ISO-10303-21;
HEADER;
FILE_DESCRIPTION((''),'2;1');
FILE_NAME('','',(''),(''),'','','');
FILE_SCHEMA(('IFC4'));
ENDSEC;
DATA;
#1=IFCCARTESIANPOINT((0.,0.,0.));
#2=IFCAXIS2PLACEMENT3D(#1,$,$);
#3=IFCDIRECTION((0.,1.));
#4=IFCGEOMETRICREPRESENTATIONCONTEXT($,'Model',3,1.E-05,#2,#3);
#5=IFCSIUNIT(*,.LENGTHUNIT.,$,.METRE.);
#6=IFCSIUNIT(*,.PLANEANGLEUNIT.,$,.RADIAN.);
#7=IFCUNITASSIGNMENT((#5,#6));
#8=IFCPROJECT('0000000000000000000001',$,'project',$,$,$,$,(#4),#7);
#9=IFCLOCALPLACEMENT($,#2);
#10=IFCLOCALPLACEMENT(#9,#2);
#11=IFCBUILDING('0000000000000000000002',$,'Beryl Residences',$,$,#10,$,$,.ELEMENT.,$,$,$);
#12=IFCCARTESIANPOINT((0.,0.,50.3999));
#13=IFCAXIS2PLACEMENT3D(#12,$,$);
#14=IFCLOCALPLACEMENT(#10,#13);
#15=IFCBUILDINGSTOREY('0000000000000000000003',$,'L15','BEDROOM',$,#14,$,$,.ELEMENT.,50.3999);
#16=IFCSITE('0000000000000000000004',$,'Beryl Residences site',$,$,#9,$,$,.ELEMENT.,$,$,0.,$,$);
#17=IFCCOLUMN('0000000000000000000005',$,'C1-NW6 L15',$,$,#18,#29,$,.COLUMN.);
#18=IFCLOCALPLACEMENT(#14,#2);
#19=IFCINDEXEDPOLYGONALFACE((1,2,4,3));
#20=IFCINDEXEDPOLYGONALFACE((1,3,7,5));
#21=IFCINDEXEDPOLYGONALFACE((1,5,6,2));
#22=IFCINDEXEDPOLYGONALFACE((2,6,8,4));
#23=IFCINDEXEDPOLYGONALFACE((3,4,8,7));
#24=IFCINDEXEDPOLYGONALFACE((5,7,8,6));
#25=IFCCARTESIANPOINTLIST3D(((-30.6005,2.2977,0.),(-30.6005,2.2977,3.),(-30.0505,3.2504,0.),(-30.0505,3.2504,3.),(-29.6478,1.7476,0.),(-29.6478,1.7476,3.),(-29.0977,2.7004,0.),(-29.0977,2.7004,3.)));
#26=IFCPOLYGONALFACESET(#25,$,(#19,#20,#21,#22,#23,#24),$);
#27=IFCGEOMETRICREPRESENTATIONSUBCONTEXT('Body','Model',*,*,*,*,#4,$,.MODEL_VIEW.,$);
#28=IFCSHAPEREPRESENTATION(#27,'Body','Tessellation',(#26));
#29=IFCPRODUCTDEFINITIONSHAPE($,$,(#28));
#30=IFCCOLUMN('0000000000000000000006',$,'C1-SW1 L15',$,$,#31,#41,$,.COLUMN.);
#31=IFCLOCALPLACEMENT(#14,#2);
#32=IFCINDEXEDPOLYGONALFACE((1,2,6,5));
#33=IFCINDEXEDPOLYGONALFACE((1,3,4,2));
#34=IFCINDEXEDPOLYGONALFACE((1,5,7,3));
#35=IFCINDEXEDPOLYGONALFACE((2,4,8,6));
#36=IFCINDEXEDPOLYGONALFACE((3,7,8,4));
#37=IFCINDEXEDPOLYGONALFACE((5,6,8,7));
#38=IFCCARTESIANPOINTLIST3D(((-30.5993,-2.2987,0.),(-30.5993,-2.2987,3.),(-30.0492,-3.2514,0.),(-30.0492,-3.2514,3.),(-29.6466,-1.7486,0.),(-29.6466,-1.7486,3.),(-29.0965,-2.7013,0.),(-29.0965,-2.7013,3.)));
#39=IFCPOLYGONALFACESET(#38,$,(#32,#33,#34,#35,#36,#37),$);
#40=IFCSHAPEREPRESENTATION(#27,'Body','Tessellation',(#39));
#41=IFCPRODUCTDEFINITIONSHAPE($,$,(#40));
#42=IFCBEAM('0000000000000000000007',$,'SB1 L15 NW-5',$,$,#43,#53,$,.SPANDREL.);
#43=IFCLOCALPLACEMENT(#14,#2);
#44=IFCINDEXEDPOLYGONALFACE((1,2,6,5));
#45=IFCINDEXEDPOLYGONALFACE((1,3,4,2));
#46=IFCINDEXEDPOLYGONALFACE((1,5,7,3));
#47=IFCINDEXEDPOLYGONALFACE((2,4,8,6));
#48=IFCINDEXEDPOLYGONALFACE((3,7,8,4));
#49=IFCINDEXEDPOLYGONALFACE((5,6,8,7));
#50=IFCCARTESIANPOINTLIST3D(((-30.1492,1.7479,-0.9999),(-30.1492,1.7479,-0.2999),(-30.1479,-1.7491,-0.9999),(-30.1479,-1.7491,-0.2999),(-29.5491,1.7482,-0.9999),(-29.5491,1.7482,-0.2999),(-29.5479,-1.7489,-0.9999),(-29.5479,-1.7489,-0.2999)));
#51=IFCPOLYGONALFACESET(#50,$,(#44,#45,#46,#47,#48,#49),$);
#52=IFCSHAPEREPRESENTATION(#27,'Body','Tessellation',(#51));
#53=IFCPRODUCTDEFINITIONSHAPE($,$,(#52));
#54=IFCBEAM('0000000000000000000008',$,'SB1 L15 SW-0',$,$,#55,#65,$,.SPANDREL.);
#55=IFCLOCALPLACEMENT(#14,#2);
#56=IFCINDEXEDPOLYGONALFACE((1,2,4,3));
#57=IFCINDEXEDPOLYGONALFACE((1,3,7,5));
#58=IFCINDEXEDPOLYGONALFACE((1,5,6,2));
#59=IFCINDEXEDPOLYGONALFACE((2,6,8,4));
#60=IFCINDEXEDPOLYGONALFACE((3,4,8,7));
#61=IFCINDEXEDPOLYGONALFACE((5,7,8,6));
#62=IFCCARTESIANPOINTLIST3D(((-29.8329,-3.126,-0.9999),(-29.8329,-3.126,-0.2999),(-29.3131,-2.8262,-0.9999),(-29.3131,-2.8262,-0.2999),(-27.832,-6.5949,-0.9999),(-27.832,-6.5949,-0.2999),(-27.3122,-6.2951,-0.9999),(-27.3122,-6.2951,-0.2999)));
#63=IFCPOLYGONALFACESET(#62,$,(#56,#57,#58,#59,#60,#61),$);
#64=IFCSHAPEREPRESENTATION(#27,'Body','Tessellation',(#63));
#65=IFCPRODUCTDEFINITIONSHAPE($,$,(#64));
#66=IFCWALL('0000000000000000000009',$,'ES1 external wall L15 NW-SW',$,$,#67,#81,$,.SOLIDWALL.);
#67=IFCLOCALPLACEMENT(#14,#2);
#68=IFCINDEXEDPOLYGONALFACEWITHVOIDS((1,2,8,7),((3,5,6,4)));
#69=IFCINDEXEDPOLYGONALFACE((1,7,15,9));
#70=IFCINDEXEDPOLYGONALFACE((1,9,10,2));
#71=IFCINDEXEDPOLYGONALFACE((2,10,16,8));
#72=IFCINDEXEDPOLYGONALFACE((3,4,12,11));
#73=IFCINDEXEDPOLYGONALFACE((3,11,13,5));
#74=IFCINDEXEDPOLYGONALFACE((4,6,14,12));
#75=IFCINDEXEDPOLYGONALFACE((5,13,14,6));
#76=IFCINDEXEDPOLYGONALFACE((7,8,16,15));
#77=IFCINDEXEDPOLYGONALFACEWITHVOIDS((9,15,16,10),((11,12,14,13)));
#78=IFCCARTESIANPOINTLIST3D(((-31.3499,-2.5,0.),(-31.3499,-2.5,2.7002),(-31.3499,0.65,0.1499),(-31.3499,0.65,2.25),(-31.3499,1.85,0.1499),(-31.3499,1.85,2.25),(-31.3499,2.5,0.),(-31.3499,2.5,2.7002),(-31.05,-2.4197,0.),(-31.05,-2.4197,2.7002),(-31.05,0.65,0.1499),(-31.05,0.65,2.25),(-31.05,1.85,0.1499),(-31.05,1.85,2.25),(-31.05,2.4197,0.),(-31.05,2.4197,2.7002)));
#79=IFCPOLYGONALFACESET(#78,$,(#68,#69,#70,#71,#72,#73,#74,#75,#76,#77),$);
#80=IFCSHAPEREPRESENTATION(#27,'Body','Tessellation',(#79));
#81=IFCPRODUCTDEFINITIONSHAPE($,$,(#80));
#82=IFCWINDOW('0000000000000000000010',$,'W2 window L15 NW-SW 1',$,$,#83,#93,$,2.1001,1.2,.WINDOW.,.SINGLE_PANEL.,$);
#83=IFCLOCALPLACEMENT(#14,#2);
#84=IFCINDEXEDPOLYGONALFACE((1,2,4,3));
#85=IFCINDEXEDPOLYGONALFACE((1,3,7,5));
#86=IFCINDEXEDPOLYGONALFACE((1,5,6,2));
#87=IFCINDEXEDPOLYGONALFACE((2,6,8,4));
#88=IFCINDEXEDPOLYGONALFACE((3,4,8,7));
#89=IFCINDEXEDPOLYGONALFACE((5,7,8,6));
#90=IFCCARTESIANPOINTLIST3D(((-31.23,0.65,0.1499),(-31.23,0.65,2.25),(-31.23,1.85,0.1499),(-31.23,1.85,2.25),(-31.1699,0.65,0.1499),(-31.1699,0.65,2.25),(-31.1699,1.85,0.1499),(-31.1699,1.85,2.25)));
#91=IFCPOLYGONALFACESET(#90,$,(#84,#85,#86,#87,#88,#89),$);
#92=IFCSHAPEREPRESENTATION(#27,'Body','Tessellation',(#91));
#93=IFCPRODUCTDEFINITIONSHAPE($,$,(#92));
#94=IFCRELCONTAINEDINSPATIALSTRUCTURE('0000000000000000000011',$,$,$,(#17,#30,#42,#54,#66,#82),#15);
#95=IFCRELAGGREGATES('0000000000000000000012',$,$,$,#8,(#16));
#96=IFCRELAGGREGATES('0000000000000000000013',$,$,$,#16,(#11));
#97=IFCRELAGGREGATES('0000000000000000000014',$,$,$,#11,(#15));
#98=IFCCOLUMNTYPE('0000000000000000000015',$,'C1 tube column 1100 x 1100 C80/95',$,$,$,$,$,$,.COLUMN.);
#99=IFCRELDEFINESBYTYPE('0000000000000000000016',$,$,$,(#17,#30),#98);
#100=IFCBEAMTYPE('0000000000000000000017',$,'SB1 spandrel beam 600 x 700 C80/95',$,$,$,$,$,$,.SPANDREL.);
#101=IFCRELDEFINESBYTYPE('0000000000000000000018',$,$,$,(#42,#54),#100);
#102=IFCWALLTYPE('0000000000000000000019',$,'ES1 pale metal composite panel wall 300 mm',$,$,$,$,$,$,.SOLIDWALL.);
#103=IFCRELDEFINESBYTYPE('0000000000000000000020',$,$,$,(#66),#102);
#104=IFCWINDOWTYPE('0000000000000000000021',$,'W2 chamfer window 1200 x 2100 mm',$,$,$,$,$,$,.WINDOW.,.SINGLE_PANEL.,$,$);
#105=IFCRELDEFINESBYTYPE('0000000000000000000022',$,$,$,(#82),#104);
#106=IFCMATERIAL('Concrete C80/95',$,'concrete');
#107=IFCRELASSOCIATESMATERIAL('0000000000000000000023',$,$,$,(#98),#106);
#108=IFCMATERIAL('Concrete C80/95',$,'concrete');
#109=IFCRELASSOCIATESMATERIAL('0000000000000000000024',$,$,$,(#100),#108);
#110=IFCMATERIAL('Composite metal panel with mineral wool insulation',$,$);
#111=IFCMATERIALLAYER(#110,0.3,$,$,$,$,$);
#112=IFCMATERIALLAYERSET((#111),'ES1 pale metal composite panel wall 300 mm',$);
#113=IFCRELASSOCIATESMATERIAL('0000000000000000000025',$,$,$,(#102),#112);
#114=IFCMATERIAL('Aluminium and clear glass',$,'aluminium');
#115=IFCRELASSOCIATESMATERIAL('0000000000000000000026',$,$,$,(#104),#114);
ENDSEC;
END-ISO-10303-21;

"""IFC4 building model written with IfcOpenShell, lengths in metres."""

from ifc_helpers import new_model, si_unit, direction, frame, frame_2d, origin, origin_2d, place, context, subcontext, project, spatial, polyline, rectangle, outline, extrude, material, layer, layer_set, material_profile, profile_set, type_object, element, fill, save


model = new_model("IFC4")

# Units and contexts
model_context = context("Model", 3, precision=1e-05, world=origin(), true_north=direction((0.0, 1.0)))
body_context = subcontext(model_context, "Body", "Model", "MODEL_VIEW")
ifc_project = project(units=[si_unit("LENGTHUNIT", "METRE"), si_unit("PLANEANGLEUNIT", "RADIAN")], contexts=[model_context])

# Site, building, storey
site_placement = place(None, origin())
site = spatial("IfcSite", under=ifc_project, at=site_placement, Name="Beryl Residences site", CompositionType="ELEMENT", RefElevation=0.0)
building_placement = place(site_placement, origin())
building = spatial("IfcBuilding", under=site, at=building_placement, Name="Beryl Residences", CompositionType="ELEMENT")
storey_placement = place(building_placement, frame((0.0, 0.0, 50.3999)))
storey = spatial("IfcBuildingStorey", under=building, at=storey_placement, Name="L15", Description="BEDROOM", CompositionType="ELEMENT", Elevation=50.3999)

# Columns
ifc_material_1 = material(Name="Concrete C80/95", Category="concrete")
ifc_material_profile_1 = material_profile(ifc_material_1, rectangle(XDim=1.1001, YDim=1.1001, at=origin_2d()))
ifc_profile_set_1 = profile_set([ifc_material_profile_1], Name="Concrete C80/95")
column_type = type_object("IfcColumnType", Name="C1 tube column 1100 x 1100 C80/95", PredefinedType="COLUMN", material=ifc_profile_set_1)
for number, where, z_axis, x_axis, name in (
    (1, (-29.8491, 2.499, 0.0), (0.0, 0.0, 1.0), (-0.499985, -0.866034, 0.0), "C1-NW6 L15"),
    (2, (-29.8479, -2.5, 0.0), (0.0, 0.0, 1.0), (0.499985, -0.866034, 0.0), "C1-SW1 L15"),
):
    element("IfcColumn", number, at=place(storey_placement, frame(where, z_axis=z_axis, x_axis=x_axis)), inside=storey, type_object=column_type, Name=name, PredefinedType="COLUMN", context=body_context, shape_type="SweptSolid", body=[
        extrude(rectangle(XDim=1.1001, YDim=1.1001, at=origin_2d()), origin(), (0.0, 0.0, 1.0), 3.0),
    ])

# Beams
ifc_material_2 = material(Name="Concrete C80/95", Category="concrete")
ifc_material_profile_2 = material_profile(ifc_material_2, rectangle(XDim=0.6001, YDim=0.7, at=origin_2d()))
ifc_profile_set_2 = profile_set([ifc_material_profile_2], Name="Concrete C80/95")
beam_type = type_object("IfcBeamType", Name="SB1 spandrel beam 600 x 700 C80/95", PredefinedType="SPANDREL", material=ifc_profile_set_2)
beam_1_placement = place(storey_placement, frame((-29.8491, 1.748, -0.6499), z_axis=(0.000349, -1.0, 0.0), x_axis=(1.0, 0.000349, 0.0)))
element("IfcBeam", 3, at=beam_1_placement, inside=storey, type_object=beam_type, Name="SB1 L15 NW-5", PredefinedType="SPANDREL", context=body_context, shape_type="SweptSolid", body=[
    extrude(rectangle(XDim=0.6001, YDim=0.7, at=origin_2d()), origin(), (0.0, 0.0, 1.0), 3.4971),
])
beam_2_placement = place(storey_placement, frame((-29.573, -2.9761, -0.6499), z_axis=(0.499654, -0.866225, 0.0), x_axis=(0.866225, 0.499654, 0.0)))
element("IfcBeam", 4, at=beam_2_placement, inside=storey, type_object=beam_type, Name="SB1 L15 SW-0", PredefinedType="SPANDREL", context=body_context, shape_type="SweptSolid", body=[
    extrude(rectangle(XDim=0.6001, YDim=0.7, at=origin_2d()), origin(), (0.0, 0.0, 1.0), 4.0046),
])

# Wall, opening, window
ifc_material_3 = material(Name="Composite metal panel with mineral wool insulation")
ifc_layer_1 = layer(ifc_material_3, 0.3)
ifc_layer_set_1 = layer_set([ifc_layer_1], Name="ES1 pale metal composite panel wall 300 mm")
wall_type_1 = type_object("IfcWallType", Name="ES1 pale metal composite panel wall 300 mm", PredefinedType="SOLIDWALL", material=ifc_layer_set_1)
wall_1_placement = place(storey_placement, frame((-31.2, 2.5, 0.0), z_axis=(0.0, 0.0, 1.0), x_axis=(0.0, -1.0, 0.0)))
wall_1 = element("IfcWall", 5, at=wall_1_placement, inside=storey, type_object=wall_type_1, Name="ES1 external wall L15 NW-SW", PredefinedType="SOLIDWALL", context=body_context, shape_type="SweptSolid", body=[
    extrude(outline(polyline([(0.0, -0.1499), (5.0, -0.1499), (4.9197, 0.1499), (0.0803, 0.1499), (0.0, -0.1499)])), origin(), (0.0, 0.0, 1.0), 2.7002),
])
opening_1_placement = place(wall_1_placement, frame((0.6499, 0.0, 0.1499)))
opening_1 = element("IfcOpeningElement", 6, at=opening_1_placement, cuts=wall_1, PredefinedType="OPENING", context=body_context, shape_type="SweptSolid", body=[
    extrude(rectangle(XDim=1.2, YDim=2.1001, at=frame_2d((0.6001, 1.05))), frame((0.0, 0.1599, 0.0), z_axis=(0.0, -1.0, 0.0), x_axis=(1.0, 0.0, 0.0)), (0.0, 0.0, 1.0), 0.3201),
])
ifc_material_4 = material(Name="Aluminium and clear glass", Category="aluminium")
window_type_1 = type_object("IfcWindowType", Name="W2 chamfer window 1200 x 2100 mm", PartitioningType="SINGLE_PANEL", PredefinedType="WINDOW", material=ifc_material_4)
window_1_placement = place(opening_1_placement, origin())
window_1 = element("IfcWindow", 7, at=window_1_placement, inside=storey, type_object=window_type_1, Name="W2 window L15 NW-SW 1", OverallHeight=2.1001, OverallWidth=1.2, PartitioningType="SINGLE_PANEL", PredefinedType="WINDOW", context=body_context, shape_type="SweptSolid", body=[
    extrude(rectangle(XDim=1.2, YDim=2.1001, at=frame_2d((0.6001, 1.05))), frame((0.0, 0.03, 0.0), z_axis=(0.0, -1.0, 0.0), x_axis=(1.0, 0.0, 0.0)), (0.0, 0.0, 1.0), 0.0601),
])
fill(opening_1, window_1)

save(model, "model.ifc")
